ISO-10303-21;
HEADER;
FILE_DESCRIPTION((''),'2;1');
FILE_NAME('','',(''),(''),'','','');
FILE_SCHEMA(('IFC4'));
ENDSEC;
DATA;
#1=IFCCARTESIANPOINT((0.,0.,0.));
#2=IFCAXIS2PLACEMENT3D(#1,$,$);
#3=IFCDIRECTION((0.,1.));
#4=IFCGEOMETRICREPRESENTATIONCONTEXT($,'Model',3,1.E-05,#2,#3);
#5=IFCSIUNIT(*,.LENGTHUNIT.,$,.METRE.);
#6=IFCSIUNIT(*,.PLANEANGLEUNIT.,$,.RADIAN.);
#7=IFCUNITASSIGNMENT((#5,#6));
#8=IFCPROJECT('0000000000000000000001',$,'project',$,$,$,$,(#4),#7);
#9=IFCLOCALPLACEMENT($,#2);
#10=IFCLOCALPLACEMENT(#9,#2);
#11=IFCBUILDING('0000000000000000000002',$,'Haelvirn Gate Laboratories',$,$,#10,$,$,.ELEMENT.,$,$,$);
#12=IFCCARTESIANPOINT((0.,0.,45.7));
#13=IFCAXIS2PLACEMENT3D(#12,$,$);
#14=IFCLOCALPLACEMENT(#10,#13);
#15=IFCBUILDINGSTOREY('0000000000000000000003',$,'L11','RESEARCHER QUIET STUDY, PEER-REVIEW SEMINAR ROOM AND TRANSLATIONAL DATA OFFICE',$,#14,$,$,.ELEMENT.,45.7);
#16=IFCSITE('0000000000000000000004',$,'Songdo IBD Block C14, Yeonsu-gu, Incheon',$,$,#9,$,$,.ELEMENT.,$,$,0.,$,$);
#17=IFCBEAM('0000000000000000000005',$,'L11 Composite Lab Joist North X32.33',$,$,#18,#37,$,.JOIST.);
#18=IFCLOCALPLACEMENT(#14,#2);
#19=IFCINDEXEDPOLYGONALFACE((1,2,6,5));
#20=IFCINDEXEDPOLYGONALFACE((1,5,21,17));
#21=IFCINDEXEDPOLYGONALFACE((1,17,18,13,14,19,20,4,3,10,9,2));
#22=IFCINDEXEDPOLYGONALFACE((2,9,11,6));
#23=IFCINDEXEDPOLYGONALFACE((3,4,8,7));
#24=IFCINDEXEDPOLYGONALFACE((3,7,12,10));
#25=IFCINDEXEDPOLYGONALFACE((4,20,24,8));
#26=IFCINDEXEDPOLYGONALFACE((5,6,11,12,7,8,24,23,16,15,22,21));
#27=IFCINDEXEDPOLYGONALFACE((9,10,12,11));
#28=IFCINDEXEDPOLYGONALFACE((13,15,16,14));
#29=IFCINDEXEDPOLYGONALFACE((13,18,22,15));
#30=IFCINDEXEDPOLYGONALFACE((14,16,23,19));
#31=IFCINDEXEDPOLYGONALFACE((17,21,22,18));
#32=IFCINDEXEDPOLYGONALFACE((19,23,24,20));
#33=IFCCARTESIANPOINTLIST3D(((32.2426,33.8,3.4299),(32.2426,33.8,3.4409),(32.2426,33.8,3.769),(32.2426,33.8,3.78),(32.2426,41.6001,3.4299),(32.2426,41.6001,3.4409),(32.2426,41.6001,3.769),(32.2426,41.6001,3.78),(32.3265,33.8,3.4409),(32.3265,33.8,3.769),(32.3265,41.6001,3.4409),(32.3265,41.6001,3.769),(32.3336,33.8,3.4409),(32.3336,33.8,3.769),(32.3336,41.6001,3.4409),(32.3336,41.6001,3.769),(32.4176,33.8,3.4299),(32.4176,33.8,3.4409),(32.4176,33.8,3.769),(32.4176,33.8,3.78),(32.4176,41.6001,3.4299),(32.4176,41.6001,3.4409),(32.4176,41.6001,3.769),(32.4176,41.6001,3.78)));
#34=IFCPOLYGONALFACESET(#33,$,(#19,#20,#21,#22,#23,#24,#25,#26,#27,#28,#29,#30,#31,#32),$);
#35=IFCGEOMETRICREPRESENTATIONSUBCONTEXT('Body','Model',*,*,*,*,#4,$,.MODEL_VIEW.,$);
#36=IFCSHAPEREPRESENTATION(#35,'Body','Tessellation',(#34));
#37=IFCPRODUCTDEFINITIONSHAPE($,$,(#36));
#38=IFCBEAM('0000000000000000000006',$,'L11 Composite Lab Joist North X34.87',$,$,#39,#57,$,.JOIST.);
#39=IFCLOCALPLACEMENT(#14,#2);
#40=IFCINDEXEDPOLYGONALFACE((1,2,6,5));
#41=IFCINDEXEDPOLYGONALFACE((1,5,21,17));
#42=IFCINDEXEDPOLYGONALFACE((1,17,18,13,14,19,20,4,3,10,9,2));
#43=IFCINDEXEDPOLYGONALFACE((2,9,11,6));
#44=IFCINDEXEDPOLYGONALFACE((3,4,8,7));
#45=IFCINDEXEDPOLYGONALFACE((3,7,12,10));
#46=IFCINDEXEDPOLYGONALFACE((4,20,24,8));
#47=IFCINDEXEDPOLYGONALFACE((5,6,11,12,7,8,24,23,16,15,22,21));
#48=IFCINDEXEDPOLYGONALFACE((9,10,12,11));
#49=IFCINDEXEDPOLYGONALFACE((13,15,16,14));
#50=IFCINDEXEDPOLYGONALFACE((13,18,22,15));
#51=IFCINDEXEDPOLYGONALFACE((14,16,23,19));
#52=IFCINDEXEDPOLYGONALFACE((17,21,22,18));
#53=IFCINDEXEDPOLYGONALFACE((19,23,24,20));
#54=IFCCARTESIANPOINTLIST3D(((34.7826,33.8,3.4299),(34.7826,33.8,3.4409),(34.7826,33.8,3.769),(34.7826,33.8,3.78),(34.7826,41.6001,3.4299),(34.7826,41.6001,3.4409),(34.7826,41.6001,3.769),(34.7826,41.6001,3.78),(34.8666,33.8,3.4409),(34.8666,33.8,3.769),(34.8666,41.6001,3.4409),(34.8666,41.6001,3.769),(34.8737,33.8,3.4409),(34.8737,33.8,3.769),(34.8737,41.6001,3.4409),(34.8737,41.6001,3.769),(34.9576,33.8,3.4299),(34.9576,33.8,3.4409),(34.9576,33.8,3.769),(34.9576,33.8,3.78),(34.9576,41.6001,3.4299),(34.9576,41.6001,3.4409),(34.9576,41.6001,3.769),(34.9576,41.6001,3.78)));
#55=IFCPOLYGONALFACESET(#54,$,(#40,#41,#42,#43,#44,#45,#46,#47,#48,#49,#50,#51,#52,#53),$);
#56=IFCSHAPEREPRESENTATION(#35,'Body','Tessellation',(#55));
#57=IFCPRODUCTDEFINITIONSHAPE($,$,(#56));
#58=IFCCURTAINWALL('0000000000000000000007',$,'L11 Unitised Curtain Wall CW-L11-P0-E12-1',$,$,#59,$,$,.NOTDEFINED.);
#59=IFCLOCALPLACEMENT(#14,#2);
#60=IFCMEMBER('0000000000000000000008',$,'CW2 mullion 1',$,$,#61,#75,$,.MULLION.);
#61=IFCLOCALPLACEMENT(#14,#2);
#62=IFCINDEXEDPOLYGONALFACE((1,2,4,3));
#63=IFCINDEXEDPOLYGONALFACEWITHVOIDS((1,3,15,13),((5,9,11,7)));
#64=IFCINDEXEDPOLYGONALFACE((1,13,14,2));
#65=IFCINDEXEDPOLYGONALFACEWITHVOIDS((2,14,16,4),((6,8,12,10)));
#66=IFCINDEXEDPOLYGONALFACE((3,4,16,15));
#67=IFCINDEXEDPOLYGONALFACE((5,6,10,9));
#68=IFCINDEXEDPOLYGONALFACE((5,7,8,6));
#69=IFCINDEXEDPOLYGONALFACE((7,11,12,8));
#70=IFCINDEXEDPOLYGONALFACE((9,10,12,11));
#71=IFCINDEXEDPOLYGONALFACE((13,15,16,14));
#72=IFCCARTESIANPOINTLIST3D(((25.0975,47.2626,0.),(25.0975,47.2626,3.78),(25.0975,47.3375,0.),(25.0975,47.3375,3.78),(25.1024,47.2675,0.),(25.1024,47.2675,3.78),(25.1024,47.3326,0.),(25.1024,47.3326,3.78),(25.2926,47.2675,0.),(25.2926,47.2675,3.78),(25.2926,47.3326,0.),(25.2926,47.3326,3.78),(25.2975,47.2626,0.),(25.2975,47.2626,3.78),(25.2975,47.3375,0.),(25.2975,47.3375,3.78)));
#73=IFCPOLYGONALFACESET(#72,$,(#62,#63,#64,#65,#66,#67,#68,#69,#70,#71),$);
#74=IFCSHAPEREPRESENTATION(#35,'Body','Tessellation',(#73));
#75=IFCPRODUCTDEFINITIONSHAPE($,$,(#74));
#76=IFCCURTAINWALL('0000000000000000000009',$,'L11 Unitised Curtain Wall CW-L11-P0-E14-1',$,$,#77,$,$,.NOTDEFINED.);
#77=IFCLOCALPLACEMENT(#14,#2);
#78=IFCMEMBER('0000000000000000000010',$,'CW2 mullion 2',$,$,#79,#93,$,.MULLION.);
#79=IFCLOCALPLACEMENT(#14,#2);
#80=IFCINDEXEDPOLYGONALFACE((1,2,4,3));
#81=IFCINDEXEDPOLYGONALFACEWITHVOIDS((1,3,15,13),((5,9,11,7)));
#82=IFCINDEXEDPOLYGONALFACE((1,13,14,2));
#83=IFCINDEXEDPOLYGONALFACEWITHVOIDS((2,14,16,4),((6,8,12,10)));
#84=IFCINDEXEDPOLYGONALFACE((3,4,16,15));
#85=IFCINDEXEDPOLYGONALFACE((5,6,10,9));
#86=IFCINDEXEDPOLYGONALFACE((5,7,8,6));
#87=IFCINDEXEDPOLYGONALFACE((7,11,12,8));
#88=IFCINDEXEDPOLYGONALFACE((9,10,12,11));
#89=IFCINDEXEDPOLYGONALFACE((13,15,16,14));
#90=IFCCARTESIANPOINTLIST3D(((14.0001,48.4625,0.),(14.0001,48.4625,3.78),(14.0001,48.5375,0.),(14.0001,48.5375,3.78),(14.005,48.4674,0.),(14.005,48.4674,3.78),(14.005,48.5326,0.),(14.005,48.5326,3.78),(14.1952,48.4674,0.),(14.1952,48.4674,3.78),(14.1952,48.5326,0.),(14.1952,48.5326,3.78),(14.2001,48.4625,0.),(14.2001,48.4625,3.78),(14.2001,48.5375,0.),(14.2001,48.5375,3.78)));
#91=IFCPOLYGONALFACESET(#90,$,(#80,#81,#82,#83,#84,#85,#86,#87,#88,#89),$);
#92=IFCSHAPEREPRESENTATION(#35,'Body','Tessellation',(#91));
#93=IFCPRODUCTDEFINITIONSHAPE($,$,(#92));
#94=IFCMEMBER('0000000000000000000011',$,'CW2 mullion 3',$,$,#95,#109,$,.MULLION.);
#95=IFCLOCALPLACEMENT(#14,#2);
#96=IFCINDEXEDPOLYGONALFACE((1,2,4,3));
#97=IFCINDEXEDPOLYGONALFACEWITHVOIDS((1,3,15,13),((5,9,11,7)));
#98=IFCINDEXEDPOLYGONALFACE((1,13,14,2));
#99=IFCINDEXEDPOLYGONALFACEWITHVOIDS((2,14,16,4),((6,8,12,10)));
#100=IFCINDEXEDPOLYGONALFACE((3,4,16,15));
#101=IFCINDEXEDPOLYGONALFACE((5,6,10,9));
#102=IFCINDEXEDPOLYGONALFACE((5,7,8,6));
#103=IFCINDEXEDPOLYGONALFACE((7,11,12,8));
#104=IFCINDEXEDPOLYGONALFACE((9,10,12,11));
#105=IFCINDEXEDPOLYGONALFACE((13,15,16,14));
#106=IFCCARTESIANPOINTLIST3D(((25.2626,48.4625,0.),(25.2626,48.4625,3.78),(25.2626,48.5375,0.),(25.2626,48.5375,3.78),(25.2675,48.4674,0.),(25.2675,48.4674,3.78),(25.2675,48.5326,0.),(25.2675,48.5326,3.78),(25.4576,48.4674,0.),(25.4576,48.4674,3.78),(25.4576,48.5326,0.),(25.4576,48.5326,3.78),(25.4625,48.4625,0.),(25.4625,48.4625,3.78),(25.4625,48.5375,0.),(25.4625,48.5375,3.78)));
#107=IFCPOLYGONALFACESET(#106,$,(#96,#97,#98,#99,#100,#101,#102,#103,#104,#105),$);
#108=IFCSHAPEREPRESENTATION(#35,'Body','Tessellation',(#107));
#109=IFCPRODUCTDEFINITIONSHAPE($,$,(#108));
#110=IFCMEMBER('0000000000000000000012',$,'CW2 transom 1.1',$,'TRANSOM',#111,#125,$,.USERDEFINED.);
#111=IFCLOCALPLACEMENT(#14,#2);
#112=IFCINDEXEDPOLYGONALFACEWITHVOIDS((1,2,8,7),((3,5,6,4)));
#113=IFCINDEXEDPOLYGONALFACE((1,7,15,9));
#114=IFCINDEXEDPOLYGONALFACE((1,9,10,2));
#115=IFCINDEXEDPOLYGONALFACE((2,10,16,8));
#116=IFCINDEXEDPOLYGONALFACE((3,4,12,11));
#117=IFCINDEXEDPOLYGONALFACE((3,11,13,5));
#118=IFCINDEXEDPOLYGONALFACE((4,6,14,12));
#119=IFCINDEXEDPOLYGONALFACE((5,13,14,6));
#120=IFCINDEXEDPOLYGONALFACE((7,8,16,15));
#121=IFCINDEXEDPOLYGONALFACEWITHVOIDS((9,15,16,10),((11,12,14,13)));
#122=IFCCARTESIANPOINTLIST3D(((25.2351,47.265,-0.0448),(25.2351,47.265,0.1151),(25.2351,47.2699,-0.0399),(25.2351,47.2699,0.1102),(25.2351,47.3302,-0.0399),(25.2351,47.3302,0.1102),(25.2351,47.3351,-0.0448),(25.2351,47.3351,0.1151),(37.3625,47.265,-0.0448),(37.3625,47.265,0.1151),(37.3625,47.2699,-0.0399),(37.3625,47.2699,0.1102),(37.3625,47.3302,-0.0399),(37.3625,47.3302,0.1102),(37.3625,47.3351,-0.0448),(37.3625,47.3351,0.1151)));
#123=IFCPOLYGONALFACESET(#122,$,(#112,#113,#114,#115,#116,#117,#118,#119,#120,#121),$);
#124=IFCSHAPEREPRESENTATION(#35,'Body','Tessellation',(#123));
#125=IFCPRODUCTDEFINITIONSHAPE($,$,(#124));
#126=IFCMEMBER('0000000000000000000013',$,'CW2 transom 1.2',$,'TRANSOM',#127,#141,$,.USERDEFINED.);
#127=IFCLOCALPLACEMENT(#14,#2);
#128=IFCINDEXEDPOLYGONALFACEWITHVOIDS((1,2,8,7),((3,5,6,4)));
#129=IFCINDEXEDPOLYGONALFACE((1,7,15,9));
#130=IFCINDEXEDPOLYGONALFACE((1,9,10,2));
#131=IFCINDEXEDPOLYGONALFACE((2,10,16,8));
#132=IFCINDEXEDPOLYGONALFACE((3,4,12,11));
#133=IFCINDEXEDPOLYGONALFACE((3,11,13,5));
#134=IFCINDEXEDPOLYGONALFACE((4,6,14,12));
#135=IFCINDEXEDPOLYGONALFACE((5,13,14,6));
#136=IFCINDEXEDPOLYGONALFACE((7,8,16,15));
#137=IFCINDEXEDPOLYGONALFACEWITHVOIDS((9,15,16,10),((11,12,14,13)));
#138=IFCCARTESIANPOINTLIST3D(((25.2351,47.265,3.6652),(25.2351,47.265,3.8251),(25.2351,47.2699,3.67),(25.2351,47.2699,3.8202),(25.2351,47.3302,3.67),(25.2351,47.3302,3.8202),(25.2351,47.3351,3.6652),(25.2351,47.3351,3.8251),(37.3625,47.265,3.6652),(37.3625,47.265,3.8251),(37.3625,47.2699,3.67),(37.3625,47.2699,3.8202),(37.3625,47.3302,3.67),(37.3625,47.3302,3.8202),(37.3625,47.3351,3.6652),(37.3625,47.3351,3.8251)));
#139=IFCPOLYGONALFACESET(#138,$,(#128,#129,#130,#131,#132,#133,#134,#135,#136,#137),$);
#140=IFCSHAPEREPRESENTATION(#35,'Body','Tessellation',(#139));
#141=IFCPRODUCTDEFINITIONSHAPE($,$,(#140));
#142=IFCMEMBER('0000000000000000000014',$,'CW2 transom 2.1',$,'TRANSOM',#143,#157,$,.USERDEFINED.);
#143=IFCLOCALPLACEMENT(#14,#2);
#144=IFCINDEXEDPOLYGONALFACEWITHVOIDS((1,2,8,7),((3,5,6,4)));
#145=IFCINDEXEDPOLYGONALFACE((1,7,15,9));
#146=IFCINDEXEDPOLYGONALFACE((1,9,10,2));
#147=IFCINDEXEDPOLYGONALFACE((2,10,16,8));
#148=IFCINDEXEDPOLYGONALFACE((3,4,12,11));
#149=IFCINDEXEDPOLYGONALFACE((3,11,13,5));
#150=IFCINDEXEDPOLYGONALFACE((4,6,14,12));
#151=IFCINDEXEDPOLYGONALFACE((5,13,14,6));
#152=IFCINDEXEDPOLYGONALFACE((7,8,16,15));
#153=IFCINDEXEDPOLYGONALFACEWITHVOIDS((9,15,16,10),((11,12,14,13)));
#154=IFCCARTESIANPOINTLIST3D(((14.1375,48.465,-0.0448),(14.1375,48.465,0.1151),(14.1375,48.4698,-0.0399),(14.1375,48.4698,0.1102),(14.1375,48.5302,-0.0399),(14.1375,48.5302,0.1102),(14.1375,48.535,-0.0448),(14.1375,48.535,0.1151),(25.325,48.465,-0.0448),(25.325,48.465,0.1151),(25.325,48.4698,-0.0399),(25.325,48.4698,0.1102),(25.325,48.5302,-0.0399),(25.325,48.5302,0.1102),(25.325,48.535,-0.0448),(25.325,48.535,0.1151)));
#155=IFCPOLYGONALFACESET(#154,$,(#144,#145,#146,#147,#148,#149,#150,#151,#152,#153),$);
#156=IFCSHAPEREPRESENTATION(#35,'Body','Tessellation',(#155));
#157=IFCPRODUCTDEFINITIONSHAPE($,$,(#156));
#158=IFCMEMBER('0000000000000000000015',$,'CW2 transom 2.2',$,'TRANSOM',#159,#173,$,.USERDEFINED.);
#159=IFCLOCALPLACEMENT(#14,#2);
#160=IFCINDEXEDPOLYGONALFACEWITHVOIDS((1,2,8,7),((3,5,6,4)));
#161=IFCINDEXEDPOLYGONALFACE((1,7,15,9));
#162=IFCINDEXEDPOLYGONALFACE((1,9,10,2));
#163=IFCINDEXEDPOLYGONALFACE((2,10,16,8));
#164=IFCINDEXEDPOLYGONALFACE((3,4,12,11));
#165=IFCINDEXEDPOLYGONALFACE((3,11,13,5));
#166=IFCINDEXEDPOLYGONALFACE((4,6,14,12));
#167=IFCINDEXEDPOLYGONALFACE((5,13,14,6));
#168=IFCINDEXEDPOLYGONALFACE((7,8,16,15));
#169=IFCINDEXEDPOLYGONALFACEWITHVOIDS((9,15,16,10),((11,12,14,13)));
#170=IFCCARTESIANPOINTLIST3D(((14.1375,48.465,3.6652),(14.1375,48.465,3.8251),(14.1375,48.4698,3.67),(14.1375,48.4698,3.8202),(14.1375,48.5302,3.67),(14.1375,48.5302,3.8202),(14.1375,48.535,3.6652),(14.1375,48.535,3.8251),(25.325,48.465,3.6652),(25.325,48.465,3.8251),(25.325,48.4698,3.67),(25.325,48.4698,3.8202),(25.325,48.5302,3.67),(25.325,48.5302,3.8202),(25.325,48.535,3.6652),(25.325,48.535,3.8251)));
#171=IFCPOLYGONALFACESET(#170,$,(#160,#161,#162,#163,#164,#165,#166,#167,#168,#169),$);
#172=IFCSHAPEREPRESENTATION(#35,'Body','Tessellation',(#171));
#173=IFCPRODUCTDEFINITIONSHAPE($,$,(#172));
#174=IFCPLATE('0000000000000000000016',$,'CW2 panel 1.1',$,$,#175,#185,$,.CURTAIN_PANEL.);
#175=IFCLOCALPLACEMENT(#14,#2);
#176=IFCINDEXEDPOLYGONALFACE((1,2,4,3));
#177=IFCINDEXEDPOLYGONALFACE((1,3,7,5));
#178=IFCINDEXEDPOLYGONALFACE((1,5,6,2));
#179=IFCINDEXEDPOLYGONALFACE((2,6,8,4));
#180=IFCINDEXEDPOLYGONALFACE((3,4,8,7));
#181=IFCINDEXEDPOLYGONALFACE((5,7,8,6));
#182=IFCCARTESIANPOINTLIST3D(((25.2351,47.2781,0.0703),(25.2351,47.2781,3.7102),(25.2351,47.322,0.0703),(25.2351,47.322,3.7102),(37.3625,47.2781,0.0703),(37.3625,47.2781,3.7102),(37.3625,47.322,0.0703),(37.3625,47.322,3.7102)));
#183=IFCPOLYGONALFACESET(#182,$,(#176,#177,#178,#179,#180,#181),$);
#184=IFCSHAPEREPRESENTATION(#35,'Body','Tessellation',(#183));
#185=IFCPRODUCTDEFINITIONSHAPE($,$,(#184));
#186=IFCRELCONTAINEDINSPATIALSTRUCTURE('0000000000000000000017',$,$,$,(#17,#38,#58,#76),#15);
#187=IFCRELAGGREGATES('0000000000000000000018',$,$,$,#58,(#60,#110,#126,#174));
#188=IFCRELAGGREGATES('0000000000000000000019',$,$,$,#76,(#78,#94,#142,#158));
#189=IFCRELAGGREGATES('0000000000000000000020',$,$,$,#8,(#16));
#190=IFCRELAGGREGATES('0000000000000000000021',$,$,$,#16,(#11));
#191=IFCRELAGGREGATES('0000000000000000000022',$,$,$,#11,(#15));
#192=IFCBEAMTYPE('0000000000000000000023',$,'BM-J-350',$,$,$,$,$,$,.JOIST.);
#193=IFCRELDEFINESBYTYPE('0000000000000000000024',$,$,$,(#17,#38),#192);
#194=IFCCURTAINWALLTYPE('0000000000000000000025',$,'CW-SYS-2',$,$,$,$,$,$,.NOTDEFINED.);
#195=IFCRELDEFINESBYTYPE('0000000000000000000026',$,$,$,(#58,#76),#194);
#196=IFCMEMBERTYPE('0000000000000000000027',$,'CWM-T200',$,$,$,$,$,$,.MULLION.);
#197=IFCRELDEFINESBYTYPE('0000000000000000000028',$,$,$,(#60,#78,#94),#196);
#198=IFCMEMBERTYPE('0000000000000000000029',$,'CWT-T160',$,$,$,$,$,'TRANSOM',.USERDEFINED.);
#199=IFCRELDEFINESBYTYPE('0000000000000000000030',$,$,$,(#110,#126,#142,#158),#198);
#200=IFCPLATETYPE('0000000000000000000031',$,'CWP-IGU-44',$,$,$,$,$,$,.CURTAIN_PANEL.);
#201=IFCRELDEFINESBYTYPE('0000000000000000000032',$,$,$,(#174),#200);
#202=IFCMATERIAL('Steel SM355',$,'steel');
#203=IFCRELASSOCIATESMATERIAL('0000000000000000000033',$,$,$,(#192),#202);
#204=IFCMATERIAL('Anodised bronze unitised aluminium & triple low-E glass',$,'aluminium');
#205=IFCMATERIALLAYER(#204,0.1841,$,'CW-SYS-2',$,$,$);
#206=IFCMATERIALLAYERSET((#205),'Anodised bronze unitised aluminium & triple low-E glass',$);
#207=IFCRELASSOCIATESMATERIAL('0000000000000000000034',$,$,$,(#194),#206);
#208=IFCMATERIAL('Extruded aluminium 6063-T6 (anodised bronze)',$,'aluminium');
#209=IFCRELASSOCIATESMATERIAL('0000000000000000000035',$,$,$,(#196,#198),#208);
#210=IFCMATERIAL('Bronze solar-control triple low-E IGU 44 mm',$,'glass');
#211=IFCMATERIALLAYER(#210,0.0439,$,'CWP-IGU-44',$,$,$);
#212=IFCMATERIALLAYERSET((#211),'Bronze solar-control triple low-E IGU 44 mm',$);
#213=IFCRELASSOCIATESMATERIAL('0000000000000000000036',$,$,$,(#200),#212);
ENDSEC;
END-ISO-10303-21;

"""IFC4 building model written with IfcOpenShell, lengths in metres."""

from ifc_helpers import new_model, si_unit, direction, frame, origin, origin_2d, place, context, subcontext, project, spatial, rectangle, hollow_rectangle, i_section, extrude, source, transform, mapped, material, layer, layer_set, material_profile, profile_set, type_object, type_shapes, element, aggregate, save


model = new_model("IFC4")

# Units and contexts
model_context = context("Model", 3, precision=1e-05, world=origin(), true_north=direction((0.0, 1.0)))
body_context = subcontext(model_context, "Body", "Model", "MODEL_VIEW")
ifc_project = project(units=[si_unit("LENGTHUNIT", "METRE"), si_unit("PLANEANGLEUNIT", "RADIAN")], contexts=[model_context])

# Site, building, storey
site_placement = place(None, origin())
site = spatial("IfcSite", under=ifc_project, at=site_placement, Name="Songdo IBD Block C14, Yeonsu-gu, Incheon", CompositionType="ELEMENT", RefElevation=0.0)
building_placement = place(site_placement, origin())
building = spatial("IfcBuilding", under=site, at=building_placement, Name="Haelvirn Gate Laboratories", CompositionType="ELEMENT")
storey_placement = place(building_placement, frame((0.0, 0.0, 45.7)))
storey = spatial("IfcBuildingStorey", under=building, at=storey_placement, Name="L11", Description="RESEARCHER QUIET STUDY, PEER-REVIEW SEMINAR ROOM AND TRANSLATIONAL DATA OFFICE", CompositionType="ELEMENT", Elevation=45.7)

# Beams
ifc_material_1 = material(Name="Steel SM355", Category="steel")
ifc_material_profile_1 = material_profile(ifc_material_1, i_section(OverallWidth=0.175, OverallDepth=0.3501, WebThickness=0.0071, FlangeThickness=0.011, at=origin_2d()), Name="H-350x175x7x11")
ifc_profile_set_1 = profile_set([ifc_material_profile_1], Name="Steel SM355")
beam_type_1 = type_object("IfcBeamType", Name="BM-J-350", PredefinedType="JOIST", material=ifc_profile_set_1)
shared_shape_1 = source(origin(), body_context, "Body", "SweptSolid", [
    extrude(i_section(OverallWidth=0.175, OverallDepth=0.3501, WebThickness=0.0071, FlangeThickness=0.011, at=origin_2d()), origin(), (0.0, 0.0, 1.0), 7.8),
])
type_shapes(beam_type_1, [shared_shape_1])
for number, where, z_axis, x_axis, name in (
    (1, (32.3301, 33.8, 3.605), (0.0, 1.0, 0.0), (-1.0, 0.0, 0.0), "L11 Composite Lab Joist North X32.33"),
    (2, (34.8701, 33.8, 3.605), (0.0, 1.0, 0.0), (-1.0, 0.0, 0.0), "L11 Composite Lab Joist North X34.87"),
):
    element("IfcBeam", number, at=place(storey_placement, frame(where, z_axis=z_axis, x_axis=x_axis)), inside=storey, type_object=beam_type_1, Name=name, PredefinedType="JOIST", context=body_context, shape_type="MappedRepresentation", body=[
        mapped(shared_shape_1, transform((0.0, 0.0, 0.0), scale=1.0)),
    ])

# Curtain wall, member
ifc_material_2 = material(Name="Anodised bronze unitised aluminium & triple low-E glass", Category="aluminium")
ifc_layer_1 = layer(ifc_material_2, 0.1841, Name="CW-SYS-2")
ifc_layer_set_1 = layer_set([ifc_layer_1], Name="Anodised bronze unitised aluminium & triple low-E glass")
curtain_wall_type = type_object("IfcCurtainWallType", Name="CW-SYS-2", PredefinedType="NOTDEFINED", material=ifc_layer_set_1)
curtain_wall_1_placement = place(storey_placement, origin())
curtain_wall_1 = element("IfcCurtainWall", 3, at=curtain_wall_1_placement, inside=storey, type_object=curtain_wall_type, Name="L11 Unitised Curtain Wall CW-L11-P0-E12-1", PredefinedType="NOTDEFINED")
ifc_material_3 = material(Name="Extruded aluminium 6063-T6 (anodised bronze)", Category="aluminium")
ifc_material_profile_2 = material_profile(ifc_material_3, hollow_rectangle(XDim=0.075, YDim=0.2, WallThickness=0.0049, at=origin_2d()), Name="CWM-200x75x5")
ifc_profile_set_2 = profile_set([ifc_material_profile_2], Name="Extruded aluminium 6063-T6 (anodised bronze)")
member_type_1 = type_object("IfcMemberType", Name="CWM-T200", PredefinedType="MULLION", material=ifc_profile_set_2)
shared_shape_2 = source(origin(), body_context, "Body", "SweptSolid", [
    extrude(hollow_rectangle(XDim=0.075, YDim=0.2, WallThickness=0.0049, at=origin_2d()), origin(), (0.0, 0.0, 1.0), 3.78),
])
type_shapes(member_type_1, [shared_shape_2])
member_1_placement = place(storey_placement, frame((25.1975, 47.3, 0.0), z_axis=(0.0, 0.0, 1.0), x_axis=(0.0, 1.0, 0.0)))
member_1 = element("IfcMember", 4, at=member_1_placement, type_object=member_type_1, Name="CW2 mullion 1", PredefinedType="MULLION", context=body_context, shape_type="MappedRepresentation", body=[
    mapped(shared_shape_2, transform((0.0, 0.0, 0.0), scale=1.0)),
])

# Curtain wall, members
curtain_wall_2_placement = place(storey_placement, origin())
curtain_wall_2 = element("IfcCurtainWall", 5, at=curtain_wall_2_placement, inside=storey, type_object=curtain_wall_type, Name="L11 Unitised Curtain Wall CW-L11-P0-E14-1", PredefinedType="NOTDEFINED")
member_2_placement = place(storey_placement, frame((14.1001, 48.5, 0.0), z_axis=(0.0, 0.0, 1.0), x_axis=(0.0, 1.0, 0.0)))
member_2 = element("IfcMember", 6, at=member_2_placement, type_object=member_type_1, Name="CW2 mullion 2", PredefinedType="MULLION", context=body_context, shape_type="MappedRepresentation", body=[
    mapped(shared_shape_2, transform((0.0, 0.0, 0.0), scale=1.0)),
])
member_3_placement = place(storey_placement, frame((25.3625, 48.5, 0.0), z_axis=(0.0, 0.0, 1.0), x_axis=(0.0, 1.0, 0.0)))
member_3 = element("IfcMember", 7, at=member_3_placement, type_object=member_type_1, Name="CW2 mullion 3", PredefinedType="MULLION", context=body_context, shape_type="MappedRepresentation", body=[
    mapped(shared_shape_2, transform((0.0, 0.0, 0.0), scale=1.0)),
])

# Members
ifc_material_profile_3 = material_profile(ifc_material_3, hollow_rectangle(XDim=0.0701, YDim=0.1599, WallThickness=0.0049, at=origin_2d()), Name="CWT-160x70x5")
ifc_profile_set_3 = profile_set([ifc_material_profile_3], Name="Extruded aluminium 6063-T6 (anodised bronze)")
member_type_2 = type_object("IfcMemberType", Name="CWT-T160", ElementType="TRANSOM", PredefinedType="USERDEFINED", material=ifc_profile_set_3)
shared_shape_3 = source(origin(), body_context, "Body", "SweptSolid", [
    extrude(hollow_rectangle(XDim=0.0701, YDim=0.1599, WallThickness=0.0049, at=origin_2d()), origin(), (0.0, 0.0, 1.0), 12.1274),
])
member_4_placement = place(storey_placement, frame((25.2351, 47.3, 0.0352), z_axis=(1.0, 0.0, 0.0), x_axis=(0.0, 1.0, 0.0)))
member_4 = element("IfcMember", 8, at=member_4_placement, type_object=member_type_2, Name="CW2 transom 1.1", ObjectType="TRANSOM", PredefinedType="USERDEFINED", context=body_context, shape_type="MappedRepresentation", body=[
    mapped(shared_shape_3, transform((0.0, 0.0, 0.0), scale=1.0)),
])
member_5_placement = place(storey_placement, frame((25.2351, 47.3, 3.7451), z_axis=(1.0, 0.0, 0.0), x_axis=(0.0, 1.0, 0.0)))
member_5 = element("IfcMember", 9, at=member_5_placement, type_object=member_type_2, Name="CW2 transom 1.2", ObjectType="TRANSOM", PredefinedType="USERDEFINED", context=body_context, shape_type="MappedRepresentation", body=[
    mapped(shared_shape_3, transform((0.0, 0.0, 0.0), scale=1.0)),
])
shared_shape_4 = source(origin(), body_context, "Body", "SweptSolid", [
    extrude(hollow_rectangle(XDim=0.0701, YDim=0.1599, WallThickness=0.0049, at=origin_2d()), origin(), (0.0, 0.0, 1.0), 11.1875),
])
type_shapes(member_type_2, [shared_shape_3, shared_shape_4])
member_6_placement = place(storey_placement, frame((14.1375, 48.5, 0.0352), z_axis=(1.0, 0.0, 0.0), x_axis=(0.0, 1.0, 0.0)))
member_6 = element("IfcMember", 10, at=member_6_placement, type_object=member_type_2, Name="CW2 transom 2.1", ObjectType="TRANSOM", PredefinedType="USERDEFINED", context=body_context, shape_type="MappedRepresentation", body=[
    mapped(shared_shape_4, transform((0.0, 0.0, 0.0), scale=1.0)),
])
member_7_placement = place(storey_placement, frame((14.1375, 48.5, 3.7451), z_axis=(1.0, 0.0, 0.0), x_axis=(0.0, 1.0, 0.0)))
member_7 = element("IfcMember", 11, at=member_7_placement, type_object=member_type_2, Name="CW2 transom 2.2", ObjectType="TRANSOM", PredefinedType="USERDEFINED", context=body_context, shape_type="MappedRepresentation", body=[
    mapped(shared_shape_4, transform((0.0, 0.0, 0.0), scale=1.0)),
])

# Plate
ifc_material_4 = material(Name="Bronze solar-control triple low-E IGU 44 mm", Category="glass")
ifc_layer_2 = layer(ifc_material_4, 0.0439, Name="CWP-IGU-44")
ifc_layer_set_2 = layer_set([ifc_layer_2], Name="Bronze solar-control triple low-E IGU 44 mm")
plate_type = type_object("IfcPlateType", Name="CWP-IGU-44", PredefinedType="CURTAIN_PANEL", material=ifc_layer_set_2)
shared_shape_5 = source(origin(), body_context, "Body", "SweptSolid", [
    extrude(rectangle(XDim=12.1274, YDim=0.0439, at=origin_2d()), origin(), (0.0, 0.0, 1.0), 3.6399),
])
plate_1_placement = place(storey_placement, frame((31.2988, 47.3, 0.0703), z_axis=(0.0, 0.0, 1.0), x_axis=(1.0, 0.0, 0.0)))
plate_1 = element("IfcPlate", 12, at=plate_1_placement, type_object=plate_type, Name="CW2 panel 1.1", PredefinedType="CURTAIN_PANEL", context=body_context, shape_type="MappedRepresentation", body=[
    mapped(shared_shape_5, transform((0.0, 0.0, 0.0), scale=1.0)),
])
aggregate(curtain_wall_1, [member_1, member_4, member_5, plate_1])
aggregate(curtain_wall_2, [member_2, member_3, member_6, member_7])

save(model, "model.ifc")
